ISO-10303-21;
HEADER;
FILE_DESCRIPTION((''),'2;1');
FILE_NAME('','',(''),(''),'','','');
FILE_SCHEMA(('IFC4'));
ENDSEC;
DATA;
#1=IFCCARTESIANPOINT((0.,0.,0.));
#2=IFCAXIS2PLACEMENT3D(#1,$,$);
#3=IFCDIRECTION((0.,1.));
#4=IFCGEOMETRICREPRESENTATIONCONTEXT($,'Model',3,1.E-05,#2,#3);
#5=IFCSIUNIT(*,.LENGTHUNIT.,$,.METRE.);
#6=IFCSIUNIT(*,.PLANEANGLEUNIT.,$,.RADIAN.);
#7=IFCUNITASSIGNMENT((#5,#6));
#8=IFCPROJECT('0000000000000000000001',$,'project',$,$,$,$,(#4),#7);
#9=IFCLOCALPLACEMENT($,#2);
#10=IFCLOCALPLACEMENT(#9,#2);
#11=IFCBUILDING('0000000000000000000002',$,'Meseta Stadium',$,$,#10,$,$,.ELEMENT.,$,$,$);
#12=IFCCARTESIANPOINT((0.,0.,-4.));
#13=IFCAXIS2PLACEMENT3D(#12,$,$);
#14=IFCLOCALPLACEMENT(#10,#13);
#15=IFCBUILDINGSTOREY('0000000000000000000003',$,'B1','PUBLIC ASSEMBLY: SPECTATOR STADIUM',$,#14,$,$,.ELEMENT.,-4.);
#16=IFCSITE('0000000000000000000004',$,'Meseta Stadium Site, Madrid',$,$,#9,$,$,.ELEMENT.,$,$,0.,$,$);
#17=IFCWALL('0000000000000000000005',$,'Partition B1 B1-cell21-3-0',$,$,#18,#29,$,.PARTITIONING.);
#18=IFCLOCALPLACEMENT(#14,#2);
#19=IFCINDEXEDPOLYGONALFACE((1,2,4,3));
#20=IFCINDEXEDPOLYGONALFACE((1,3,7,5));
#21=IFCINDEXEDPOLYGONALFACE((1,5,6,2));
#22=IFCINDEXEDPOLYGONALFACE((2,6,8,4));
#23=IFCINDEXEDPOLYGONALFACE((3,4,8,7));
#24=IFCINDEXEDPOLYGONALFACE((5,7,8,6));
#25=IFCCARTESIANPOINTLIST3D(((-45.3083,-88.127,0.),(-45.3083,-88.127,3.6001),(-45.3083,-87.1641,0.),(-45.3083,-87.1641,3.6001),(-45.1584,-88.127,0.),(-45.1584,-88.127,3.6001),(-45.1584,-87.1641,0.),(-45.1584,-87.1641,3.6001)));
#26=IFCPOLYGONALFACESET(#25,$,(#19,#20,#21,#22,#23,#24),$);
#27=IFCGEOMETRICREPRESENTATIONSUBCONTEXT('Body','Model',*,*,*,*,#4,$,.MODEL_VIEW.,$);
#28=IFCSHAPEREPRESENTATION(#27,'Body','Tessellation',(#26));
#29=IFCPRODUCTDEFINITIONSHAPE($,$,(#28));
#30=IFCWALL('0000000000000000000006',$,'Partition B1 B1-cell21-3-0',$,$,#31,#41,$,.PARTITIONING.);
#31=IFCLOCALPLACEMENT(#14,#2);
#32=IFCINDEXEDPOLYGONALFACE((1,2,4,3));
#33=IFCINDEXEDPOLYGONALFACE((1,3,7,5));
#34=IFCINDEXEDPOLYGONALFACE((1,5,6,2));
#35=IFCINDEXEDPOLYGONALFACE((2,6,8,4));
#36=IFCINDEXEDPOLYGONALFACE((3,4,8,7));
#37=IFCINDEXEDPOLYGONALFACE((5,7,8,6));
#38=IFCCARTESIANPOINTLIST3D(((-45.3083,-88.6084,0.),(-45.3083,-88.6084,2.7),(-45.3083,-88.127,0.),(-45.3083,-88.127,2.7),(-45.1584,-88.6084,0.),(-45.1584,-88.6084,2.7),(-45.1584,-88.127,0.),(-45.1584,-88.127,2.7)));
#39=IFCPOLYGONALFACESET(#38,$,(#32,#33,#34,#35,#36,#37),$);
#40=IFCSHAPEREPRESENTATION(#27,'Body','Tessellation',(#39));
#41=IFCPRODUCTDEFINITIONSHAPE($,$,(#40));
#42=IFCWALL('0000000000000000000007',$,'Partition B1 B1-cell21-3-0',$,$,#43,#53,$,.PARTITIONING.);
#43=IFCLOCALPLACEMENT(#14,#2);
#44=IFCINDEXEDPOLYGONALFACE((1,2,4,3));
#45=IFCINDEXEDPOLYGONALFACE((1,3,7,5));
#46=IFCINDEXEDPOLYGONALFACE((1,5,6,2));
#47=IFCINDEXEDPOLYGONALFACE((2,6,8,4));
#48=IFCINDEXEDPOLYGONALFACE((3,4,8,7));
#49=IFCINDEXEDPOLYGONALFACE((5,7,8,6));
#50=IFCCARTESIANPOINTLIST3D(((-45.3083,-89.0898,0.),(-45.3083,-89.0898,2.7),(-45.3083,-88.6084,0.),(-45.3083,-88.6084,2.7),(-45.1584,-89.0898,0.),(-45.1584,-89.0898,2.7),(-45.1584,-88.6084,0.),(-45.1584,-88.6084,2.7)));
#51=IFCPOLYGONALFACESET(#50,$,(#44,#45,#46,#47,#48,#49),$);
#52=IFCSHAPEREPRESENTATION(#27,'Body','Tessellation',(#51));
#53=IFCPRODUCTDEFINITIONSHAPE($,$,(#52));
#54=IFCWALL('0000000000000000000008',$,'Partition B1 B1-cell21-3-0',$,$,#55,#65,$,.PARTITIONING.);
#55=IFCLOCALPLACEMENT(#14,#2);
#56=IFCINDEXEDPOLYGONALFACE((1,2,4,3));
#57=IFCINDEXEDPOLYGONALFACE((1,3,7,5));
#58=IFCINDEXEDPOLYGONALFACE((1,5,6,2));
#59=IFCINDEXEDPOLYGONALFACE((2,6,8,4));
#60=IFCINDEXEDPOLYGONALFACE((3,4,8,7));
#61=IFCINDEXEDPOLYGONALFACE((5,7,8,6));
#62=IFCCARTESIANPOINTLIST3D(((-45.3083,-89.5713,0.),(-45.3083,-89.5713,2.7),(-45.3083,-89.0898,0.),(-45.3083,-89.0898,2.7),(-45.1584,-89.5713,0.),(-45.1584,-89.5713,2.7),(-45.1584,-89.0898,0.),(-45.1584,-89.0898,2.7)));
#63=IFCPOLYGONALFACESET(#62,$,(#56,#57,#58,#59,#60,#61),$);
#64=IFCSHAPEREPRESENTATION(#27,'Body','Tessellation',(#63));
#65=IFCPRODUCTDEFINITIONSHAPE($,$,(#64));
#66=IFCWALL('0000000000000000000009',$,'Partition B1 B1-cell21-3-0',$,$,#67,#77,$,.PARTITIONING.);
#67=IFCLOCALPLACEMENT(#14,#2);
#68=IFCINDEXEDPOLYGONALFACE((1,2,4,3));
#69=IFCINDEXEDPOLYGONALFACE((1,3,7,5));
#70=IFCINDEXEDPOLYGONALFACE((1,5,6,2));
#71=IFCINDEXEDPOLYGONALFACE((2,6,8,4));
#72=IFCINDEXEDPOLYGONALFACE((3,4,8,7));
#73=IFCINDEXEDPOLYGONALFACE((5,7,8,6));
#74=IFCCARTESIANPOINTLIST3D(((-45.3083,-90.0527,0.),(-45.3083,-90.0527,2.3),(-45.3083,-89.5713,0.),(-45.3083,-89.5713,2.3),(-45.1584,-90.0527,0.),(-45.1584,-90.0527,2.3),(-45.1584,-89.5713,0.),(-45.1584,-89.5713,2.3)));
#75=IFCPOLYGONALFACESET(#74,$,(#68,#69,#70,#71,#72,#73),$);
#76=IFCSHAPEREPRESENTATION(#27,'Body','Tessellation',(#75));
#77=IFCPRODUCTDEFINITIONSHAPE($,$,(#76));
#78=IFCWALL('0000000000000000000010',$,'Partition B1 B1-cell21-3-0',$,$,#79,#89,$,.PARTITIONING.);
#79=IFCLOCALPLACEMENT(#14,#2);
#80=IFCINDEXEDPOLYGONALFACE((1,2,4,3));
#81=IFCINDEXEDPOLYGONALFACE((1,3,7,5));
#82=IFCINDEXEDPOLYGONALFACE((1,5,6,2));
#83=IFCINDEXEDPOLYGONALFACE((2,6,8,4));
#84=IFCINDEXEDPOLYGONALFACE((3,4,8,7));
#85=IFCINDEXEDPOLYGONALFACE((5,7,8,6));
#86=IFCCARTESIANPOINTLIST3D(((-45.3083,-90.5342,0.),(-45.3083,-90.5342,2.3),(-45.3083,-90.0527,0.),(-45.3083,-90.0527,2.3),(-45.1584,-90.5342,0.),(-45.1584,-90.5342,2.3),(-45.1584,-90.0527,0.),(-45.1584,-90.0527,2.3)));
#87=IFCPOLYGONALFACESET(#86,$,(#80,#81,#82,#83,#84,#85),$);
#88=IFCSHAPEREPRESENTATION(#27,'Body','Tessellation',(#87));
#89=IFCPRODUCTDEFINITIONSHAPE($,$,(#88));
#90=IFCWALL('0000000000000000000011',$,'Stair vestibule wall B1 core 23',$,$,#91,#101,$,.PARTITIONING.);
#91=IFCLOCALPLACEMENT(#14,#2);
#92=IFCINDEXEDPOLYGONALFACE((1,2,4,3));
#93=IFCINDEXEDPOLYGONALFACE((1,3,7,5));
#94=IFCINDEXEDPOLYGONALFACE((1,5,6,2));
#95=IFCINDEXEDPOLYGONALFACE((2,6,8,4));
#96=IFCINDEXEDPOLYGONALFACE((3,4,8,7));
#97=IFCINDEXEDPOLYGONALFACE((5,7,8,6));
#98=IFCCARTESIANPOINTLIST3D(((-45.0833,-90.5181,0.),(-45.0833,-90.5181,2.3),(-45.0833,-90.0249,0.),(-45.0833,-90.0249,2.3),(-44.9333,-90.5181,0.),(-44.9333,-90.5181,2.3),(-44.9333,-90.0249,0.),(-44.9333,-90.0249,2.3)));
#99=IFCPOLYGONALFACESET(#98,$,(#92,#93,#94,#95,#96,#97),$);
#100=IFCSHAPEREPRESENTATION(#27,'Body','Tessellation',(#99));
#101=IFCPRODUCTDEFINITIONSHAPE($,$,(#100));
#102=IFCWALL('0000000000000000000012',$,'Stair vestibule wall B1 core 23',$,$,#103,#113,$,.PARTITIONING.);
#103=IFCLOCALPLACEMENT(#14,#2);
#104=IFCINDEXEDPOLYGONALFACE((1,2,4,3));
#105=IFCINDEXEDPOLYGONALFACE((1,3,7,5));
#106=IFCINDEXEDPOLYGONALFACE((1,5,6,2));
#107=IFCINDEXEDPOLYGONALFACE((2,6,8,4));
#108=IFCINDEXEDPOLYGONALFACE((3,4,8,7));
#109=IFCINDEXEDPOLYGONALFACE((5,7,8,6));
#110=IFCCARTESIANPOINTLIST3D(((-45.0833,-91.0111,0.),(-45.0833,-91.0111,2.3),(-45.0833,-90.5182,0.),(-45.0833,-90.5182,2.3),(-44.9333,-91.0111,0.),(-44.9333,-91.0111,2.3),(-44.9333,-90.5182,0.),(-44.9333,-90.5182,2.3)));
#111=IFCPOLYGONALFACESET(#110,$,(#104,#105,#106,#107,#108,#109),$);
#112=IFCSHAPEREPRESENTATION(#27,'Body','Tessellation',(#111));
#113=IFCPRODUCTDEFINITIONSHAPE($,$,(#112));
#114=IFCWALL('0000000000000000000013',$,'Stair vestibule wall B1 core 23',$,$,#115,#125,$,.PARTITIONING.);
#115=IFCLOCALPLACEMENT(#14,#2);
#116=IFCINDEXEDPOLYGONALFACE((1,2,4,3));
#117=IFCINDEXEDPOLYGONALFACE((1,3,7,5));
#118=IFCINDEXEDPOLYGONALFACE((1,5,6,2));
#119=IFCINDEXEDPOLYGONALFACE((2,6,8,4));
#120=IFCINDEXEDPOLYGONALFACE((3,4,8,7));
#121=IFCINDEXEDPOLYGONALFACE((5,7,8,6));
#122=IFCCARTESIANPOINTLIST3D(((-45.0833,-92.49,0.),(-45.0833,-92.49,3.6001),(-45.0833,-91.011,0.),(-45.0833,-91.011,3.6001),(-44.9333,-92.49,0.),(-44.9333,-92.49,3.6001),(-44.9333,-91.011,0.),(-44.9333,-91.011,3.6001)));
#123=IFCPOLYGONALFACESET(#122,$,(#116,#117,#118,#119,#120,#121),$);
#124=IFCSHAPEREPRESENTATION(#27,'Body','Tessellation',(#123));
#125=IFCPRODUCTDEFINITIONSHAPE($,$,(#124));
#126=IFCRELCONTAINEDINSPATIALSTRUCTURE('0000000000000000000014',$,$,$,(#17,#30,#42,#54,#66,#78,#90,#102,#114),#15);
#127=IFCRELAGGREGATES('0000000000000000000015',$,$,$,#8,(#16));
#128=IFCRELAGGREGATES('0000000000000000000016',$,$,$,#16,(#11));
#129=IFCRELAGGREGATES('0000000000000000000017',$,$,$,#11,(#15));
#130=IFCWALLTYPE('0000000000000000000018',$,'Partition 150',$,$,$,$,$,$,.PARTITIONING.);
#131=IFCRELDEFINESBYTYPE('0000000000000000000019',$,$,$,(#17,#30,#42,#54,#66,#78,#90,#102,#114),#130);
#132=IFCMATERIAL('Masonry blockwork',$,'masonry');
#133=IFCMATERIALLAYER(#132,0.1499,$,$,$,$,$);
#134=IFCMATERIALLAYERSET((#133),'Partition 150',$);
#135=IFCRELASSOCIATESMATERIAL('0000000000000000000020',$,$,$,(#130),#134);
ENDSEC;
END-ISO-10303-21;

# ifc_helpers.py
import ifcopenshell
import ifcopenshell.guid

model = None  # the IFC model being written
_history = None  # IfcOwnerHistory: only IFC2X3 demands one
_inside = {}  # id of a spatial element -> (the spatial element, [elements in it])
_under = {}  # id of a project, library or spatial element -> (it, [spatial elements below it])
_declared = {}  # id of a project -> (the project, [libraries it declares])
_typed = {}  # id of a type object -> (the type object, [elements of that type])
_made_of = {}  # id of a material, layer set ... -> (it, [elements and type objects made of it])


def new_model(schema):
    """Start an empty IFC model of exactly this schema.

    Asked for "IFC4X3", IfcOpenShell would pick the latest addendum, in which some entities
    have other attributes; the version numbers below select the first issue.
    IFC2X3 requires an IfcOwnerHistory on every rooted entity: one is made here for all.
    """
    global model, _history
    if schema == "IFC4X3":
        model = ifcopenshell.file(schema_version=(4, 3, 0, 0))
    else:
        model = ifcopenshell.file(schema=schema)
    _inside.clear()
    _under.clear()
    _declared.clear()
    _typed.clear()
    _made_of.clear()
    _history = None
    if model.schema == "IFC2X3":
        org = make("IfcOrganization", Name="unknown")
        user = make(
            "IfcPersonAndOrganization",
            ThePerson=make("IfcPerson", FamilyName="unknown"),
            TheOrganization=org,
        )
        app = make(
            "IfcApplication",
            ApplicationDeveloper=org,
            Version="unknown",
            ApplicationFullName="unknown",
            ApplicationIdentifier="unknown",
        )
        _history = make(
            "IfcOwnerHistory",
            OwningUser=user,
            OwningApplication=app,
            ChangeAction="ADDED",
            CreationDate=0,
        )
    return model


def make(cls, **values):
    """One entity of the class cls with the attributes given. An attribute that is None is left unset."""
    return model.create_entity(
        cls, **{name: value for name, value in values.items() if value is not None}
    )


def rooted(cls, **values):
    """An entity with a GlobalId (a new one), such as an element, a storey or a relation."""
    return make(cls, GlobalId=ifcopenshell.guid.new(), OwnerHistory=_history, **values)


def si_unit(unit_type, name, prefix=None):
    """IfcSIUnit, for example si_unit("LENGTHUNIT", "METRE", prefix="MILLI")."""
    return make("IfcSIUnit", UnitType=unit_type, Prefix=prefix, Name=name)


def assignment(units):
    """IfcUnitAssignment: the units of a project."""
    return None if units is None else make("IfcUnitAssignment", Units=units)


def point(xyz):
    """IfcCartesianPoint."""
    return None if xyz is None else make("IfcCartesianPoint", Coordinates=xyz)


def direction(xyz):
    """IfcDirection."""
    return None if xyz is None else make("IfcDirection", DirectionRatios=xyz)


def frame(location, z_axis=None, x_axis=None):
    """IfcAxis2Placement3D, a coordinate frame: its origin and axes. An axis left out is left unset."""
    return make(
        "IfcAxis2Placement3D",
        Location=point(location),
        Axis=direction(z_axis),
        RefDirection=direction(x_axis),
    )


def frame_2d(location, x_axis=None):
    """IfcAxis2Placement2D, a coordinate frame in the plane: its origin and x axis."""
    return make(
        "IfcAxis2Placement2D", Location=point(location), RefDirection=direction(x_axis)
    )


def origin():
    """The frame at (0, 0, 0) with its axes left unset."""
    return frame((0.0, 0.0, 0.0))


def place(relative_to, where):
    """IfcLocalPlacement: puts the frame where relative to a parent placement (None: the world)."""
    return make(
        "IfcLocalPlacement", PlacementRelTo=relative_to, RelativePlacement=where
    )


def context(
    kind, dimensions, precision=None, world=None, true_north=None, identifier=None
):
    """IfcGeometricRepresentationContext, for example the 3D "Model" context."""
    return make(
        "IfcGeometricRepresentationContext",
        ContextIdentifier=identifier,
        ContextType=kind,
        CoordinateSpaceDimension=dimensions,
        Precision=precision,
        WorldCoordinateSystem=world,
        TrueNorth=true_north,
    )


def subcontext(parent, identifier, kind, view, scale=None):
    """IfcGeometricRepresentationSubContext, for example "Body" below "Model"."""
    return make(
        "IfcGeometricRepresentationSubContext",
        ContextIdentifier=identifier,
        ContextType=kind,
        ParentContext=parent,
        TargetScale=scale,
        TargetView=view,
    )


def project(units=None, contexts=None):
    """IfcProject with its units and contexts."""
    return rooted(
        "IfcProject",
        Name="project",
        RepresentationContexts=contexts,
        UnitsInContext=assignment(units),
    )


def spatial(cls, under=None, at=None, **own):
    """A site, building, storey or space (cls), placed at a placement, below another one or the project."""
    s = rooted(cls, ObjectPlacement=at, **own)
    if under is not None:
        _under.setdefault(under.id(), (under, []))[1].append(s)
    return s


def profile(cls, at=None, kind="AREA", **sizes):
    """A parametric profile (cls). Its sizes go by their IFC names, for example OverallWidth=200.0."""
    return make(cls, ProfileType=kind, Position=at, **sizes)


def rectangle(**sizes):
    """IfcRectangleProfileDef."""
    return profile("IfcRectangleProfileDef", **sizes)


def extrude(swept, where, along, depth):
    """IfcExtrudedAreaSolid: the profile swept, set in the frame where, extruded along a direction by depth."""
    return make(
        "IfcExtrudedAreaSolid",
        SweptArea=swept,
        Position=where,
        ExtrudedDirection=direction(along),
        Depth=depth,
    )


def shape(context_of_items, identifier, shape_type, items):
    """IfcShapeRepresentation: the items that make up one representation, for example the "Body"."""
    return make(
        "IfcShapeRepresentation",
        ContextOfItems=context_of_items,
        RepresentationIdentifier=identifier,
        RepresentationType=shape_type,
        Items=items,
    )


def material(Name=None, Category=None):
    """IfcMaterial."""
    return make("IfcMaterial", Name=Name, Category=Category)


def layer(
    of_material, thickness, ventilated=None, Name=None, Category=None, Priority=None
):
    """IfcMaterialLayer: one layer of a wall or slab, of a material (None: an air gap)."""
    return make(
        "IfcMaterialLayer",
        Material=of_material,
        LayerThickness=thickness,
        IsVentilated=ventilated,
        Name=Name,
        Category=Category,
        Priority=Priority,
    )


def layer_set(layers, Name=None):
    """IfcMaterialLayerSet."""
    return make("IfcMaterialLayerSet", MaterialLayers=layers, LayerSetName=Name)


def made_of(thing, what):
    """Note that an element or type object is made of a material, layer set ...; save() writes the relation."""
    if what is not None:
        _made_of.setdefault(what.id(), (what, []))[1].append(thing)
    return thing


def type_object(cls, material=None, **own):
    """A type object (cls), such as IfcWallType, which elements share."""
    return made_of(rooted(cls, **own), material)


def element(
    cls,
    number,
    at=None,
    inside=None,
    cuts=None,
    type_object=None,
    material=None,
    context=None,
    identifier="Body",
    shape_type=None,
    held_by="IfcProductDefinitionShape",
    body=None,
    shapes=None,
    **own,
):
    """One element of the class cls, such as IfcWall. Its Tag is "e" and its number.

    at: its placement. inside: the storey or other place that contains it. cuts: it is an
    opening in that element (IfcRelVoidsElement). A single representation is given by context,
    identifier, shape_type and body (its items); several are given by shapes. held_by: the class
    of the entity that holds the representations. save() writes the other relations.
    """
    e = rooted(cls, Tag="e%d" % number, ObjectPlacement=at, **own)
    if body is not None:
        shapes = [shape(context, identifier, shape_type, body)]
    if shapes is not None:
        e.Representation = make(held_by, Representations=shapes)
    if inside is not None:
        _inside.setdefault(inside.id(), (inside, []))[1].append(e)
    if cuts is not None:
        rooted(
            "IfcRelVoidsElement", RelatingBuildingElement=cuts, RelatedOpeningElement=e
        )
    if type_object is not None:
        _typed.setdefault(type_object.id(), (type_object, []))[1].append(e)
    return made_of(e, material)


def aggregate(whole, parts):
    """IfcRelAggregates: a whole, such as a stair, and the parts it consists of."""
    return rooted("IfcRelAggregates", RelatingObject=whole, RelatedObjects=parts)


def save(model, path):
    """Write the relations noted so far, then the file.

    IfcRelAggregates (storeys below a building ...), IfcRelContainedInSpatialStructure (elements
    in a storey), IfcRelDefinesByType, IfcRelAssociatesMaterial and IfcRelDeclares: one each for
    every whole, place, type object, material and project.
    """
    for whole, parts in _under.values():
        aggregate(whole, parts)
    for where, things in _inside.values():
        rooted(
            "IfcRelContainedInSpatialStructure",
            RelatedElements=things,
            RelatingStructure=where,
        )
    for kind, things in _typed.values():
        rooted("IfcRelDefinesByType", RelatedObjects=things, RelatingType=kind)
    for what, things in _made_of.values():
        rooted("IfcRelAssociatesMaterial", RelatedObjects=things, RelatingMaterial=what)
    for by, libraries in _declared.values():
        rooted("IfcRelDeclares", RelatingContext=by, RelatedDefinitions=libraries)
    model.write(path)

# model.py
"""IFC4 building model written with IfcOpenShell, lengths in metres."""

from ifc_helpers import new_model, si_unit, direction, frame, frame_2d, origin, place, context, subcontext, project, spatial, rectangle, extrude, material, layer, layer_set, type_object, element, save


model = new_model("IFC4")

# Units and contexts
model_context = context("Model", 3, precision=1e-05, world=origin(), true_north=direction((0.0, 1.0)))
body_context = subcontext(model_context, "Body", "Model", "MODEL_VIEW")
ifc_project = project(units=[si_unit("LENGTHUNIT", "METRE"), si_unit("PLANEANGLEUNIT", "RADIAN")], contexts=[model_context])

# Site, building, storey
site_placement = place(None, origin())
site = spatial("IfcSite", under=ifc_project, at=site_placement, Name="Meseta Stadium Site, Madrid", CompositionType="ELEMENT", RefElevation=0.0)
building_placement = place(site_placement, origin())
building = spatial("IfcBuilding", under=site, at=building_placement, Name="Meseta Stadium", CompositionType="ELEMENT")
storey_placement = place(building_placement, frame((0.0, 0.0, -4.0)))
storey = spatial("IfcBuildingStorey", under=building, at=storey_placement, Name="B1", Description="PUBLIC ASSEMBLY: SPECTATOR STADIUM", CompositionType="ELEMENT", Elevation=-4.0)

# Shared definitions
ifc_material_1 = material(Name="Masonry blockwork", Category="masonry")
ifc_layer = layer(ifc_material_1, 0.1499)
ifc_layer_set = layer_set([ifc_layer], Name="Partition 150")
wall_type = type_object("IfcWallType", Name="Partition 150", PredefinedType="PARTITIONING", material=ifc_layer_set)

# Walls
wall_1_placement = place(storey_placement, frame((-45.2334, -87.1641, 0.0), z_axis=(0.0, 0.0, 1.0), x_axis=(0.0, -1.0, 0.0)))
element("IfcWall", 1, at=wall_1_placement, inside=storey, type_object=wall_type, Name="Partition B1 B1-cell21-3-0", PredefinedType="PARTITIONING", context=body_context, shape_type="SweptSolid", body=[
    extrude(rectangle(XDim=0.9629, YDim=0.1499, at=frame_2d((0.4814, 0.0))), origin(), (0.0, 0.0, 1.0), 3.6001),
])
for number, where, z_axis, x_axis, name in (
    (2, (-45.2334, -88.127, 0.0), (0.0, 0.0, 1.0), (0.0, -1.0, 0.0), "Partition B1 B1-cell21-3-0"),
    (3, (-45.2334, -88.6084, 0.0), (0.0, 0.0, 1.0), (0.0, -1.0, 0.0), "Partition B1 B1-cell21-3-0"),
    (4, (-45.2334, -89.0898, 0.0), (0.0, 0.0, 1.0), (0.0, -1.0, 0.0), "Partition B1 B1-cell21-3-0"),
):
    element("IfcWall", number, at=place(storey_placement, frame(where, z_axis=z_axis, x_axis=x_axis)), inside=storey, type_object=wall_type, Name=name, PredefinedType="PARTITIONING", context=body_context, shape_type="SweptSolid", body=[
        extrude(rectangle(XDim=0.4814, YDim=0.1499, at=frame_2d((0.2407, 0.0))), origin(), (0.0, 0.0, 1.0), 2.7),
    ])
for number, where, z_axis, x_axis, name in (
    (5, (-45.2334, -89.5713, 0.0), (0.0, 0.0, 1.0), (0.0, -1.0, 0.0), "Partition B1 B1-cell21-3-0"),
    (6, (-45.2334, -90.0527, 0.0), (0.0, 0.0, 1.0), (0.0, -1.0, 0.0), "Partition B1 B1-cell21-3-0"),
):
    element("IfcWall", number, at=place(storey_placement, frame(where, z_axis=z_axis, x_axis=x_axis)), inside=storey, type_object=wall_type, Name=name, PredefinedType="PARTITIONING", context=body_context, shape_type="SweptSolid", body=[
        extrude(rectangle(XDim=0.4814, YDim=0.1499, at=frame_2d((0.2407, 0.0))), origin(), (0.0, 0.0, 1.0), 2.3),
    ])
wall_2_placement = place(storey_placement, frame((-45.0083, -90.0249, 0.0), z_axis=(0.0, 0.0, 1.0), x_axis=(0.0, -1.0, 0.0)))
element("IfcWall", 7, at=wall_2_placement, inside=storey, type_object=wall_type, Name="Stair vestibule wall B1 core 23", PredefinedType="PARTITIONING", context=body_context, shape_type="SweptSolid", body=[
    extrude(rectangle(XDim=0.4932, YDim=0.1499, at=frame_2d((0.2466, 0.0))), origin(), (0.0, 0.0, 1.0), 2.3),
])
wall_3_placement = place(storey_placement, frame((-45.0083, -90.5181, 0.0), z_axis=(0.0, 0.0, 1.0), x_axis=(0.0, -1.0, 0.0)))
element("IfcWall", 8, at=wall_3_placement, inside=storey, type_object=wall_type, Name="Stair vestibule wall B1 core 23", PredefinedType="PARTITIONING", context=body_context, shape_type="SweptSolid", body=[
    extrude(rectangle(XDim=0.4929, YDim=0.1499, at=frame_2d((0.2466, 0.0))), origin(), (0.0, 0.0, 1.0), 2.3),
])
wall_4_placement = place(storey_placement, frame((-45.0083, -91.011, 0.0), z_axis=(0.0, 0.0, 1.0), x_axis=(0.0, -1.0, 0.0)))
element("IfcWall", 9, at=wall_4_placement, inside=storey, type_object=wall_type, Name="Stair vestibule wall B1 core 23", PredefinedType="PARTITIONING", context=body_context, shape_type="SweptSolid", body=[
    extrude(rectangle(XDim=1.479, YDim=0.1499, at=frame_2d((0.7395, 0.0))), origin(), (0.0, 0.0, 1.0), 3.6001),
])

save(model, "model.ifc")
